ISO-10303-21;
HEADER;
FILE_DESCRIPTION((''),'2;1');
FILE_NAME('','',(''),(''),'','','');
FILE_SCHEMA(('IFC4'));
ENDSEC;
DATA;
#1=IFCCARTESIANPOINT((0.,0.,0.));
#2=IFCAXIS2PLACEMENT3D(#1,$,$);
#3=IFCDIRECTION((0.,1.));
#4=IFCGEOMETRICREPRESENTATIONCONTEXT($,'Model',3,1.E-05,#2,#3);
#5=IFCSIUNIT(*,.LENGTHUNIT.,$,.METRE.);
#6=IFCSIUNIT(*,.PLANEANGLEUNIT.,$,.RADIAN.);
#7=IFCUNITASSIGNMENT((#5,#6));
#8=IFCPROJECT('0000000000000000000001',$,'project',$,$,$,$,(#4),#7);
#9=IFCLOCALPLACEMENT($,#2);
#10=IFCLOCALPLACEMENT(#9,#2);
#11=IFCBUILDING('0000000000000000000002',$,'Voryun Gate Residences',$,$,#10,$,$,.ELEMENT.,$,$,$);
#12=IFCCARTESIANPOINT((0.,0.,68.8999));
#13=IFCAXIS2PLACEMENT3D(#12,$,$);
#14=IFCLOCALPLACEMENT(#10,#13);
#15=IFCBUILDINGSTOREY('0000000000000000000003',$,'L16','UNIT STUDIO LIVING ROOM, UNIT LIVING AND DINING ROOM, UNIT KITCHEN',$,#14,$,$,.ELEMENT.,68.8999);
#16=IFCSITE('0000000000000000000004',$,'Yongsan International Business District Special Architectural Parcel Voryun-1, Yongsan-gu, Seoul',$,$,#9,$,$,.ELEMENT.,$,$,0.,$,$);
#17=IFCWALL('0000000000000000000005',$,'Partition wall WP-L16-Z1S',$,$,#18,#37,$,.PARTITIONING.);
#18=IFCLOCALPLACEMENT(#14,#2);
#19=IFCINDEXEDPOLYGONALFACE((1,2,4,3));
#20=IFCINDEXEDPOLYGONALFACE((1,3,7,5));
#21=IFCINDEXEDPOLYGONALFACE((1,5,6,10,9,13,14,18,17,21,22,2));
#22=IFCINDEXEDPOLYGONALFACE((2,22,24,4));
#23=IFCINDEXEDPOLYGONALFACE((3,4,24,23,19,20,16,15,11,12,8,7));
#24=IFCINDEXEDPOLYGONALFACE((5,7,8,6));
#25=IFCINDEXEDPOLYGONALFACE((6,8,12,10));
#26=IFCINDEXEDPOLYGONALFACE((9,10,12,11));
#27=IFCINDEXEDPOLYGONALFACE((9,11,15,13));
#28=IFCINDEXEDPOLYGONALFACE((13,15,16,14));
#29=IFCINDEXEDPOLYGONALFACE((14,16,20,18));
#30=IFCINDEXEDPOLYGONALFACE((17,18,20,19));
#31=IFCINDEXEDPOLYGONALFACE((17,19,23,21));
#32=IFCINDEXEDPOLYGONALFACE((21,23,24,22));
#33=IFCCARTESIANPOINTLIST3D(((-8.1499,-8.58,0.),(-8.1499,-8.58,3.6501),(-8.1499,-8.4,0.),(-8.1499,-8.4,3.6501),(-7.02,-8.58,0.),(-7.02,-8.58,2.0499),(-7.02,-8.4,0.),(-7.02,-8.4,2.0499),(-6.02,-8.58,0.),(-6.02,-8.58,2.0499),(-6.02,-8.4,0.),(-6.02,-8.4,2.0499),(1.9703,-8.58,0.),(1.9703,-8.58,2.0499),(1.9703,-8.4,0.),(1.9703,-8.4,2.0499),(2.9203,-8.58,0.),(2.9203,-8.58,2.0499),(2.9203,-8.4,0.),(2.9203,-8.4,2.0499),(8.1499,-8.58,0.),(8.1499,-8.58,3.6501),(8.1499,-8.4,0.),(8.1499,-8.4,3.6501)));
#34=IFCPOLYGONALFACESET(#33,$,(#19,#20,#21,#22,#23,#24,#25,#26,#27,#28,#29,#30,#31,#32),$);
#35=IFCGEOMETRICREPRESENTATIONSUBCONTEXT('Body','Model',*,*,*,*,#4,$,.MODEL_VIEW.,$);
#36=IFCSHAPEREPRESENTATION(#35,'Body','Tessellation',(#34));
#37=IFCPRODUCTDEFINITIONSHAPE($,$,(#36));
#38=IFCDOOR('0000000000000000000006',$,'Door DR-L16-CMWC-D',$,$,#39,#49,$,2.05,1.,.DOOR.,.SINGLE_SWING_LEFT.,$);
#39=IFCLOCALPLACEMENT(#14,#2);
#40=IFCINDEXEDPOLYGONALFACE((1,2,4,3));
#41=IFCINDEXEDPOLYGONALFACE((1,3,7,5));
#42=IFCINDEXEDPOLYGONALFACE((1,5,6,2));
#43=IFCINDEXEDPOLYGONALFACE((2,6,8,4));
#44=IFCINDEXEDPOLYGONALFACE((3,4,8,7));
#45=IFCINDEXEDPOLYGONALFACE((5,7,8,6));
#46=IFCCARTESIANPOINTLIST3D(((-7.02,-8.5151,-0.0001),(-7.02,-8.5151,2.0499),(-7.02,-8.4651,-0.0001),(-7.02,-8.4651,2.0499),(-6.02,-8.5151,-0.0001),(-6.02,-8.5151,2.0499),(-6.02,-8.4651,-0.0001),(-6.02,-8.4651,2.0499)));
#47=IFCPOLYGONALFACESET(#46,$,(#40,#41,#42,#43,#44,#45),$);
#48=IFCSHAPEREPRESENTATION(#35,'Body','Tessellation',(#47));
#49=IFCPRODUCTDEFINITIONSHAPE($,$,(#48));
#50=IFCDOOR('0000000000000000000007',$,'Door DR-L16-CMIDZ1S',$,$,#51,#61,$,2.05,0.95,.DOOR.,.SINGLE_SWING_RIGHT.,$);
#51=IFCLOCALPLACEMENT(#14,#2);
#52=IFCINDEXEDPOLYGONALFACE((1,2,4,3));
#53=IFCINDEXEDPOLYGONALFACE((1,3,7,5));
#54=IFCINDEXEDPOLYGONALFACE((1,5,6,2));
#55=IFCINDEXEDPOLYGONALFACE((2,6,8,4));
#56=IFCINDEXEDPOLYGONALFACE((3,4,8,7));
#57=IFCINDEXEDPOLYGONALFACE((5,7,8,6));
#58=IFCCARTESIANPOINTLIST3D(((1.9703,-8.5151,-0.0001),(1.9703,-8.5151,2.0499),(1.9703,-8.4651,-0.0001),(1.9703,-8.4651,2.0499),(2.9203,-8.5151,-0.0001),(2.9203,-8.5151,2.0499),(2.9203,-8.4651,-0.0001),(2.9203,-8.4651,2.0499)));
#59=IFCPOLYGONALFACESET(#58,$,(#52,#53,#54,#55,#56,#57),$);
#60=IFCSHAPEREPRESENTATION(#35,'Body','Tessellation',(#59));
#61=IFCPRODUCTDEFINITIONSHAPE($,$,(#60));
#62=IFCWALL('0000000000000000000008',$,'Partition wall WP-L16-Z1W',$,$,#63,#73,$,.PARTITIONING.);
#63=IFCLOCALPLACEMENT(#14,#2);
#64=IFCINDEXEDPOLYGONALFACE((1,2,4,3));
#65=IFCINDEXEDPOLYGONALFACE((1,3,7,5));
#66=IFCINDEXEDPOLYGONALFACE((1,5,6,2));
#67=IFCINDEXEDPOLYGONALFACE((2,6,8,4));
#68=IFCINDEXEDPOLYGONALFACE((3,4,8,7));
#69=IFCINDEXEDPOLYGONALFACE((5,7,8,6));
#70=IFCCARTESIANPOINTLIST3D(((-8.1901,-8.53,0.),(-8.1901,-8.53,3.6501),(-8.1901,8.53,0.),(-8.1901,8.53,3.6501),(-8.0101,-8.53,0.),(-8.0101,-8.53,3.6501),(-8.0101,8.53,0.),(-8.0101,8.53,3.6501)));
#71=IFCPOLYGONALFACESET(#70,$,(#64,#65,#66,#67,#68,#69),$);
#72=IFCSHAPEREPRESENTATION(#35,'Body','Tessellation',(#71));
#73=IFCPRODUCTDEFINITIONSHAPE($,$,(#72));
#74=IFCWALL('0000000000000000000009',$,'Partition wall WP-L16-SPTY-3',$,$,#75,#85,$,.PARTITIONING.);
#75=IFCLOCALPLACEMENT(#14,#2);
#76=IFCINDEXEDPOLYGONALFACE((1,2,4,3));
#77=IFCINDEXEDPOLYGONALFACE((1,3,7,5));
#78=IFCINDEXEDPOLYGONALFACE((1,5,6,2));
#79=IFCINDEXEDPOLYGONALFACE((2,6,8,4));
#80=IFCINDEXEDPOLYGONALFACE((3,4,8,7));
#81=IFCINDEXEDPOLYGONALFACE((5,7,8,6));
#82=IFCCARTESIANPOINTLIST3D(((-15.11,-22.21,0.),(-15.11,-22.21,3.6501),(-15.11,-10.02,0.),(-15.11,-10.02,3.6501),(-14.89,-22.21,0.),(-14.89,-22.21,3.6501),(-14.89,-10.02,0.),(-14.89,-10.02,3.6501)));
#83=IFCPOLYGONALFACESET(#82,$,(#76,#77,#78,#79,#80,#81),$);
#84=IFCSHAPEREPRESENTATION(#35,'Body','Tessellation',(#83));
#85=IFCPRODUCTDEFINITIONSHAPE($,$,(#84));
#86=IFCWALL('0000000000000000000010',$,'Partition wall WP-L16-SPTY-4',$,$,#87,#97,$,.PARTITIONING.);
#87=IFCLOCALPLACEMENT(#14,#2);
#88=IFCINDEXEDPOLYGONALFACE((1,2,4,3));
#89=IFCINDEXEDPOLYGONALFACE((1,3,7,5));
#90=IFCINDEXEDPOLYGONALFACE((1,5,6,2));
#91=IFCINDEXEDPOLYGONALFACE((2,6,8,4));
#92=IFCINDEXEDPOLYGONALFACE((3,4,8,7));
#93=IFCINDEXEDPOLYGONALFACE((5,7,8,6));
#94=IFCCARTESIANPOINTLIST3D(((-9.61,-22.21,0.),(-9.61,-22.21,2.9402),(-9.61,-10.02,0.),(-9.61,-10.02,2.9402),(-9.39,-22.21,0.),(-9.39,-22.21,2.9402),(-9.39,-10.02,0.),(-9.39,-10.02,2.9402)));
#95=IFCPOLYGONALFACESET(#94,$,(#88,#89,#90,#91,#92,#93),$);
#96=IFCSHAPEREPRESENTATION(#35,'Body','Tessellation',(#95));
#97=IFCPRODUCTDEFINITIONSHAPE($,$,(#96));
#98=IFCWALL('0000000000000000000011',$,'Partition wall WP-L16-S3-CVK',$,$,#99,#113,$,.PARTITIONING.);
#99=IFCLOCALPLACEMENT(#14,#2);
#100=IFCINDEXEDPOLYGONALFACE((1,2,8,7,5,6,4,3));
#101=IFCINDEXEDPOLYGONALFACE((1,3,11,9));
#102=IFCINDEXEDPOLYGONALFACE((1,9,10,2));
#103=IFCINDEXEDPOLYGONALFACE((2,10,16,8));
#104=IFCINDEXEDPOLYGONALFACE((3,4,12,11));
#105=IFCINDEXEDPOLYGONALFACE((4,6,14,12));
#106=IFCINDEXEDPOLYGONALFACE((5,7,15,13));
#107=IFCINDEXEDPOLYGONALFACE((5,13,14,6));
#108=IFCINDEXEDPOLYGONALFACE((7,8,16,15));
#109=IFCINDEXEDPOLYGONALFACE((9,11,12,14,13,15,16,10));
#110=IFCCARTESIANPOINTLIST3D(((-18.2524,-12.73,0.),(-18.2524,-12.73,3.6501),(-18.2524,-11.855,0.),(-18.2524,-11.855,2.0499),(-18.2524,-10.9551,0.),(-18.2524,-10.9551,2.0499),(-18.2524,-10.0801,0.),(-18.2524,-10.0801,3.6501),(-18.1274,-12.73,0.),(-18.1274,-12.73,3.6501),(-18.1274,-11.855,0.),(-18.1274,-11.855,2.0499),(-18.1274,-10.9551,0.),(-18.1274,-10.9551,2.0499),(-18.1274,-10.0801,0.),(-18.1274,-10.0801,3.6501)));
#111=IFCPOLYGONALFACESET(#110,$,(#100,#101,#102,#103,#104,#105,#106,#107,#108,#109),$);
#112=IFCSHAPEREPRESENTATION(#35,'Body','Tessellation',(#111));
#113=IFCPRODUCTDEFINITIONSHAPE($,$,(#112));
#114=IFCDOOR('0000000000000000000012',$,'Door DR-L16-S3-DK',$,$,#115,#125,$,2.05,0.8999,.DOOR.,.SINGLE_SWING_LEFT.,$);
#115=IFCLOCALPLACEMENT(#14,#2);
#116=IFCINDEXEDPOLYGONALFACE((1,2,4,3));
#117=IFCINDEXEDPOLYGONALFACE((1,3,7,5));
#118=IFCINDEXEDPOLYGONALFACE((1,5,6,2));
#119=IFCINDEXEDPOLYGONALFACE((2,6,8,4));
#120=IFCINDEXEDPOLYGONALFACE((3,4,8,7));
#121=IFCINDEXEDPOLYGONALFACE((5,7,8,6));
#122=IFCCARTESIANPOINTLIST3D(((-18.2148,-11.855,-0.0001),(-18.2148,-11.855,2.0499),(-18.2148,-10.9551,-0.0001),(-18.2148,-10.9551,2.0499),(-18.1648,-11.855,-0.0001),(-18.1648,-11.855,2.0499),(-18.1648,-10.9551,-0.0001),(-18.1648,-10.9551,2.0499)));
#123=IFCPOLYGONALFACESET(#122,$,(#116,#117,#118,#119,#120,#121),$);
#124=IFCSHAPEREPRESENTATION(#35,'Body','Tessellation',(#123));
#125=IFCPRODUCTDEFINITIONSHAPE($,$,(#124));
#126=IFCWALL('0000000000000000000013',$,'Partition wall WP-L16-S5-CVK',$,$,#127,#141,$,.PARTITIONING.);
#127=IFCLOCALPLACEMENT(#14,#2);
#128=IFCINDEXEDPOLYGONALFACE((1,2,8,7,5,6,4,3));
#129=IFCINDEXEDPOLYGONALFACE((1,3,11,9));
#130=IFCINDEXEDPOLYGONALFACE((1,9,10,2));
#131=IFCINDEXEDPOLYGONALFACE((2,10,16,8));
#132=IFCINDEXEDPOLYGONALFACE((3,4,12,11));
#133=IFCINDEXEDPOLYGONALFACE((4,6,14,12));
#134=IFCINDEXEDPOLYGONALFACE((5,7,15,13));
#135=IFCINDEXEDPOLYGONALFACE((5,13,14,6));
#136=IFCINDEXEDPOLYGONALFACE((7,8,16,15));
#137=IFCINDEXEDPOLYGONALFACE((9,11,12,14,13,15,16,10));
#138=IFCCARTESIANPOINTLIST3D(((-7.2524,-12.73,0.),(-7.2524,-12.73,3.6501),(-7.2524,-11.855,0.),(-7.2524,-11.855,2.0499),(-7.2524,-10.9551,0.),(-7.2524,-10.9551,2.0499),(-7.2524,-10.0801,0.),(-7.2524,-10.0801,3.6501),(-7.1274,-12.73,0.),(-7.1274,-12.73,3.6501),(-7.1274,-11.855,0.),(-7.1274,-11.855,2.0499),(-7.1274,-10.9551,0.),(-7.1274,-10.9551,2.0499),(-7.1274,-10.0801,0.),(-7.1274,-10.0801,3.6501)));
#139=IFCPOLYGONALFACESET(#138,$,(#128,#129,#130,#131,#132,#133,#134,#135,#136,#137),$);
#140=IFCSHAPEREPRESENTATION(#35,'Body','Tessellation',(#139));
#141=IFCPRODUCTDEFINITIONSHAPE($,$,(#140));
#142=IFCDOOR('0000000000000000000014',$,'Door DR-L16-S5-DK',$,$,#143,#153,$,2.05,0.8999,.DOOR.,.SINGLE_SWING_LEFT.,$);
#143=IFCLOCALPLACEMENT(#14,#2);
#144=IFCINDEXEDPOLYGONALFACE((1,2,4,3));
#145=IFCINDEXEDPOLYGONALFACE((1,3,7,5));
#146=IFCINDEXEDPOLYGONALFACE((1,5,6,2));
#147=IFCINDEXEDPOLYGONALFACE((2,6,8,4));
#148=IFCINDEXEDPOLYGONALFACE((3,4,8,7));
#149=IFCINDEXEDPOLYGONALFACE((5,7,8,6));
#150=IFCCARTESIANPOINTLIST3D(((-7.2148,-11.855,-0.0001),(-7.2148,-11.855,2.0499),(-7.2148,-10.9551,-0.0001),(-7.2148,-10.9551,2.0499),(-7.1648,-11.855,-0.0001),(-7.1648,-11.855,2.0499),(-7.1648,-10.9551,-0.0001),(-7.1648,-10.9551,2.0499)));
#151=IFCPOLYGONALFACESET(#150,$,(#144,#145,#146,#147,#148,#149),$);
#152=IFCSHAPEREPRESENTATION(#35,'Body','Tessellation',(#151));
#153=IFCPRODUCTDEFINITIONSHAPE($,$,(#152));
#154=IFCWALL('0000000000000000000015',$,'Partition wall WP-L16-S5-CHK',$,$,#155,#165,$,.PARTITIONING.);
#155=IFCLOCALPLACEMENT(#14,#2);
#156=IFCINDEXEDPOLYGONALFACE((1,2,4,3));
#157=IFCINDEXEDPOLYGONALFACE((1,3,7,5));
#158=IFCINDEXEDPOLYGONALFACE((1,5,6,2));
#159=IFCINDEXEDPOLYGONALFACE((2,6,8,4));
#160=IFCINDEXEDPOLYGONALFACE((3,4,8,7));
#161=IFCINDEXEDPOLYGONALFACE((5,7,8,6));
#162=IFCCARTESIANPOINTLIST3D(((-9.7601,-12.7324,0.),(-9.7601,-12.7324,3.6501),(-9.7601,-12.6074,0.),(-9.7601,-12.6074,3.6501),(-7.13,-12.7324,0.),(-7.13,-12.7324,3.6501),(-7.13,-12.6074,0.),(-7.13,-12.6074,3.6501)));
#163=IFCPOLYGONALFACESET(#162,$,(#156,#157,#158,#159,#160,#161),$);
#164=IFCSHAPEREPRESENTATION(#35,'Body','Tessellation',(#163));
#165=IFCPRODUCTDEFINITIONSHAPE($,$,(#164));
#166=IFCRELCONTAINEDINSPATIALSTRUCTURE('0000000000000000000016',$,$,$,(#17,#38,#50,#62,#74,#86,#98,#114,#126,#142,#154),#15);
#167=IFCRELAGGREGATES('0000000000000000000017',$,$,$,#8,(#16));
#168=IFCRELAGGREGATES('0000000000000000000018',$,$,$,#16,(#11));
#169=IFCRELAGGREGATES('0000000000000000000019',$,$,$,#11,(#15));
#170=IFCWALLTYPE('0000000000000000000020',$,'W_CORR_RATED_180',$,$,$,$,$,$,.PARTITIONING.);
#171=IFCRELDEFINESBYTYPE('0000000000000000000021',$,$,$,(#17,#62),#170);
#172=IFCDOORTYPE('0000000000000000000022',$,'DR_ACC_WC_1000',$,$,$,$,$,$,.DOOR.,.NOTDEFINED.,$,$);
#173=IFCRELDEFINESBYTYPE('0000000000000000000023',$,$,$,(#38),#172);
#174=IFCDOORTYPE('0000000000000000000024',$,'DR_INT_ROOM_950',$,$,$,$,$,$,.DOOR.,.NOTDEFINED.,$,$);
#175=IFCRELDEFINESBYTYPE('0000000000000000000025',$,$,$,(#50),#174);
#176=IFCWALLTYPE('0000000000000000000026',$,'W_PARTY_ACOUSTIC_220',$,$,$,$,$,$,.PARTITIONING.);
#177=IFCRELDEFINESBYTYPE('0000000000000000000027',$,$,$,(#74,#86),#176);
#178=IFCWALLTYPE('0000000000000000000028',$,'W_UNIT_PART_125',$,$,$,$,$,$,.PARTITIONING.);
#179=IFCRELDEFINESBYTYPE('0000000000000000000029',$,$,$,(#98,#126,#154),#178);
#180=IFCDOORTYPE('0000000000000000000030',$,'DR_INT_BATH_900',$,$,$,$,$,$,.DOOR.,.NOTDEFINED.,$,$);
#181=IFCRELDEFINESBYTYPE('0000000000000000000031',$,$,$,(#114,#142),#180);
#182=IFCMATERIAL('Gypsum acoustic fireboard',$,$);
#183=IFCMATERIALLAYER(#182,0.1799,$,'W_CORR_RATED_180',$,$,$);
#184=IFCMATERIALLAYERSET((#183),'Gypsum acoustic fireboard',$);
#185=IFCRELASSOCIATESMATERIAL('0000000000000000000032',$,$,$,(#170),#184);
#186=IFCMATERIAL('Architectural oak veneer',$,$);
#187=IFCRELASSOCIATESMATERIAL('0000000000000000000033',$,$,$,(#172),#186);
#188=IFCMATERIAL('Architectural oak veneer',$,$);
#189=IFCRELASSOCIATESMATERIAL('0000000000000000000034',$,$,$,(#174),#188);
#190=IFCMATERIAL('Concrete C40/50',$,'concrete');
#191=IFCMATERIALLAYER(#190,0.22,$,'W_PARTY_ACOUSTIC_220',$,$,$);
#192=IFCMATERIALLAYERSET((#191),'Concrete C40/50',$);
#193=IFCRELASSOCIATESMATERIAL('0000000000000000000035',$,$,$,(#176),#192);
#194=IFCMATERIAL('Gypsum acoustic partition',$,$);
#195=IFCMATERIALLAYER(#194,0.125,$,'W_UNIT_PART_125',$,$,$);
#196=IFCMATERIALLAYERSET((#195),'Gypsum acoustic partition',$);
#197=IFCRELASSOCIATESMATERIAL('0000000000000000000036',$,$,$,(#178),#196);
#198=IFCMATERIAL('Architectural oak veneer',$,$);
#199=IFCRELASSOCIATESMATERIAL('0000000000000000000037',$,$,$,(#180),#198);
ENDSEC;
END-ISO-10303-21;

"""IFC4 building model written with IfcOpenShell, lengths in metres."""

from ifc_helpers import new_model, si_unit, direction, frame, frame_2d, origin, place, context, subcontext, project, spatial, rectangle, extrude, material, layer, layer_set, type_object, element, fill, save


model = new_model("IFC4")

# Units and contexts
model_context = context("Model", 3, precision=1e-05, world=origin(), true_north=direction((0.0, 1.0)))
body_context = subcontext(model_context, "Body", "Model", "MODEL_VIEW")
ifc_project = project(units=[si_unit("LENGTHUNIT", "METRE"), si_unit("PLANEANGLEUNIT", "RADIAN")], contexts=[model_context])

# Site, building, storey
site_placement = place(None, origin())
site = spatial("IfcSite", under=ifc_project, at=site_placement, Name="Yongsan International Business District Special Architectural Parcel Voryun-1, Yongsan-gu, Seoul", CompositionType="ELEMENT", RefElevation=0.0)
building_placement = place(site_placement, origin())
building = spatial("IfcBuilding", under=site, at=building_placement, Name="Voryun Gate Residences", CompositionType="ELEMENT")
storey_placement = place(building_placement, frame((0.0, 0.0, 68.8999)))
storey = spatial("IfcBuildingStorey", under=building, at=storey_placement, Name="L16", Description="UNIT STUDIO LIVING ROOM, UNIT LIVING AND DINING ROOM, UNIT KITCHEN", CompositionType="ELEMENT", Elevation=68.8999)

# Shared definitions
ifc_material_1 = material(Name="Gypsum acoustic fireboard")
ifc_layer_1 = layer(ifc_material_1, 0.1799, Name="W_CORR_RATED_180")
ifc_layer_set_1 = layer_set([ifc_layer_1], Name="Gypsum acoustic fireboard")
wall_type_1 = type_object("IfcWallType", Name="W_CORR_RATED_180", PredefinedType="PARTITIONING", material=ifc_layer_set_1)

# Wall, openings, doors
wall_1_placement = place(storey_placement, frame((-8.1499, -8.49, 0.0), z_axis=(0.0, 0.0, 1.0), x_axis=(1.0, 0.0, 0.0)))
wall_1 = element("IfcWall", 1, at=wall_1_placement, inside=storey, type_object=wall_type_1, Name="Partition wall WP-L16-Z1S", PredefinedType="PARTITIONING", context=body_context, shape_type="SweptSolid", body=[
    extrude(rectangle(XDim=16.2998, YDim=0.1799, at=frame_2d((8.1499, 0.0))), origin(), (0.0, 0.0, 1.0), 3.6501),
])
opening_1_placement = place(wall_1_placement, frame((1.1299, 0.0, 0.0)))
opening_1 = element("IfcOpeningElement", 2, at=opening_1_placement, cuts=wall_1, PredefinedType="OPENING", context=body_context, shape_type="SweptSolid", body=[
    extrude(rectangle(XDim=1.0, YDim=2.05, at=frame_2d((0.5, 1.0249))), frame((0.0, 0.0999, 0.0), z_axis=(0.0, -1.0, 0.0), x_axis=(1.0, 0.0, 0.0)), (0.0, 0.0, 1.0), 0.2),
])
opening_2_placement = place(wall_1_placement, frame((10.1201, 0.0, 0.0)))
opening_2 = element("IfcOpeningElement", 3, at=opening_2_placement, cuts=wall_1, PredefinedType="OPENING", context=body_context, shape_type="SweptSolid", body=[
    extrude(rectangle(XDim=0.95, YDim=2.05, at=frame_2d((0.4751, 1.0249))), frame((0.0, 0.0999, 0.0), z_axis=(0.0, -1.0, 0.0), x_axis=(1.0, 0.0, 0.0)), (0.0, 0.0, 1.0), 0.2),
])
ifc_material_2 = material(Name="Architectural oak veneer")
door_type_1 = type_object("IfcDoorType", Name="DR_ACC_WC_1000", OperationType="NOTDEFINED", PredefinedType="DOOR", material=ifc_material_2)
door_1_placement = place(opening_1_placement, origin())
door_1 = element("IfcDoor", 4, at=door_1_placement, inside=storey, type_object=door_type_1, Name="Door DR-L16-CMWC-D", OperationType="SINGLE_SWING_LEFT", OverallHeight=2.05, OverallWidth=1.0, PredefinedType="DOOR", context=body_context, shape_type="SweptSolid", body=[
    extrude(rectangle(XDim=1.0, YDim=2.05, at=frame_2d((0.5, 1.0249))), frame((0.0, 0.0249, 0.0), z_axis=(0.0, -1.0, 0.0), x_axis=(1.0, 0.0, 0.0)), (0.0, 0.0, 1.0), 0.05),
])
fill(opening_1, door_1)
ifc_material_3 = material(Name="Architectural oak veneer")
door_type_2 = type_object("IfcDoorType", Name="DR_INT_ROOM_950", OperationType="NOTDEFINED", PredefinedType="DOOR", material=ifc_material_3)
door_2_placement = place(opening_2_placement, origin())
door_2 = element("IfcDoor", 5, at=door_2_placement, inside=storey, type_object=door_type_2, Name="Door DR-L16-CMIDZ1S", OperationType="SINGLE_SWING_RIGHT", OverallHeight=2.05, OverallWidth=0.95, PredefinedType="DOOR", context=body_context, shape_type="SweptSolid", body=[
    extrude(rectangle(XDim=0.95, YDim=2.05, at=frame_2d((0.4751, 1.0249))), frame((0.0, 0.0249, 0.0), z_axis=(0.0, -1.0, 0.0), x_axis=(1.0, 0.0, 0.0)), (0.0, 0.0, 1.0), 0.05),
])
fill(opening_2, door_2)

# Walls
wall_2_placement = place(storey_placement, frame((-8.1001, -8.53, 0.0), z_axis=(0.0, 0.0, 1.0), x_axis=(0.0, 1.0, 0.0)))
element("IfcWall", 6, at=wall_2_placement, inside=storey, type_object=wall_type_1, Name="Partition wall WP-L16-Z1W", PredefinedType="PARTITIONING", context=body_context, shape_type="SweptSolid", body=[
    extrude(rectangle(XDim=17.0601, YDim=0.1799, at=frame_2d((8.53, 0.0))), origin(), (0.0, 0.0, 1.0), 3.6501),
])
ifc_material_4 = material(Name="Concrete C40/50", Category="concrete")
ifc_layer_2 = layer(ifc_material_4, 0.22, Name="W_PARTY_ACOUSTIC_220")
ifc_layer_set_2 = layer_set([ifc_layer_2], Name="Concrete C40/50")
wall_type_2 = type_object("IfcWallType", Name="W_PARTY_ACOUSTIC_220", PredefinedType="PARTITIONING", material=ifc_layer_set_2)
wall_3_placement = place(storey_placement, frame((-15.0, -22.21, 0.0), z_axis=(0.0, 0.0, 1.0), x_axis=(0.0, 1.0, 0.0)))
element("IfcWall", 7, at=wall_3_placement, inside=storey, type_object=wall_type_2, Name="Partition wall WP-L16-SPTY-3", PredefinedType="PARTITIONING", context=body_context, shape_type="SweptSolid", body=[
    extrude(rectangle(XDim=12.1899, YDim=0.22, at=frame_2d((6.095, 0.0))), origin(), (0.0, 0.0, 1.0), 3.6501),
])
wall_4_placement = place(storey_placement, frame((-9.5, -22.21, 0.0), z_axis=(0.0, 0.0, 1.0), x_axis=(0.0, 1.0, 0.0)))
element("IfcWall", 8, at=wall_4_placement, inside=storey, type_object=wall_type_2, Name="Partition wall WP-L16-SPTY-4", PredefinedType="PARTITIONING", context=body_context, shape_type="SweptSolid", body=[
    extrude(rectangle(XDim=12.1899, YDim=0.22, at=frame_2d((6.095, 0.0))), origin(), (0.0, 0.0, 1.0), 2.9402),
])

# Walls, openings, doors
ifc_material_5 = material(Name="Gypsum acoustic partition")
ifc_layer_3 = layer(ifc_material_5, 0.125, Name="W_UNIT_PART_125")
ifc_layer_set_3 = layer_set([ifc_layer_3], Name="Gypsum acoustic partition")
wall_type_3 = type_object("IfcWallType", Name="W_UNIT_PART_125", PredefinedType="PARTITIONING", material=ifc_layer_set_3)
wall_5_placement = place(storey_placement, frame((-18.1899, -12.73, 0.0), z_axis=(0.0, 0.0, 1.0), x_axis=(0.0, 1.0, 0.0)))
wall_5 = element("IfcWall", 9, at=wall_5_placement, inside=storey, type_object=wall_type_3, Name="Partition wall WP-L16-S3-CVK", PredefinedType="PARTITIONING", context=body_context, shape_type="SweptSolid", body=[
    extrude(rectangle(XDim=2.6499, YDim=0.125, at=frame_2d((1.325, 0.0))), origin(), (0.0, 0.0, 1.0), 3.6501),
])
opening_3_placement = place(wall_5_placement, frame((0.875, 0.0, 0.0)))
opening_3 = element("IfcOpeningElement", 10, at=opening_3_placement, cuts=wall_5, PredefinedType="OPENING", context=body_context, shape_type="SweptSolid", body=[
    extrude(rectangle(XDim=0.8999, YDim=2.05, at=frame_2d((0.45, 1.0249))), frame((0.0, 0.0725, 0.0), z_axis=(0.0, -1.0, 0.0), x_axis=(1.0, 0.0, 0.0)), (0.0, 0.0, 1.0), 0.145),
])
ifc_material_6 = material(Name="Architectural oak veneer")
door_type_3 = type_object("IfcDoorType", Name="DR_INT_BATH_900", OperationType="NOTDEFINED", PredefinedType="DOOR", material=ifc_material_6)
door_3_placement = place(opening_3_placement, origin())
door_3 = element("IfcDoor", 11, at=door_3_placement, inside=storey, type_object=door_type_3, Name="Door DR-L16-S3-DK", OperationType="SINGLE_SWING_LEFT", OverallHeight=2.05, OverallWidth=0.8999, PredefinedType="DOOR", context=body_context, shape_type="SweptSolid", body=[
    extrude(rectangle(XDim=0.8999, YDim=2.05, at=frame_2d((0.45, 1.0249))), frame((0.0, 0.0249, 0.0), z_axis=(0.0, -1.0, 0.0), x_axis=(1.0, 0.0, 0.0)), (0.0, 0.0, 1.0), 0.05),
])
fill(opening_3, door_3)
wall_6_placement = place(storey_placement, frame((-7.1899, -12.73, 0.0), z_axis=(0.0, 0.0, 1.0), x_axis=(0.0, 1.0, 0.0)))
wall_6 = element("IfcWall", 12, at=wall_6_placement, inside=storey, type_object=wall_type_3, Name="Partition wall WP-L16-S5-CVK", PredefinedType="PARTITIONING", context=body_context, shape_type="SweptSolid", body=[
    extrude(rectangle(XDim=2.6499, YDim=0.125, at=frame_2d((1.325, 0.0))), origin(), (0.0, 0.0, 1.0), 3.6501),
])
opening_4_placement = place(wall_6_placement, frame((0.875, 0.0, 0.0)))
opening_4 = element("IfcOpeningElement", 13, at=opening_4_placement, cuts=wall_6, PredefinedType="OPENING", context=body_context, shape_type="SweptSolid", body=[
    extrude(rectangle(XDim=0.8999, YDim=2.05, at=frame_2d((0.45, 1.0249))), frame((0.0, 0.0725, 0.0), z_axis=(0.0, -1.0, 0.0), x_axis=(1.0, 0.0, 0.0)), (0.0, 0.0, 1.0), 0.145),
])
door_4_placement = place(opening_4_placement, origin())
door_4 = element("IfcDoor", 14, at=door_4_placement, inside=storey, type_object=door_type_3, Name="Door DR-L16-S5-DK", OperationType="SINGLE_SWING_LEFT", OverallHeight=2.05, OverallWidth=0.8999, PredefinedType="DOOR", context=body_context, shape_type="SweptSolid", body=[
    extrude(rectangle(XDim=0.8999, YDim=2.05, at=frame_2d((0.45, 1.0249))), frame((0.0, 0.0249, 0.0), z_axis=(0.0, -1.0, 0.0), x_axis=(1.0, 0.0, 0.0)), (0.0, 0.0, 1.0), 0.05),
])
fill(opening_4, door_4)

# Wall
wall_7_placement = place(storey_placement, frame((-9.76, -12.6699, 0.0), z_axis=(0.0, 0.0, 1.0), x_axis=(1.0, 0.0, 0.0)))
element("IfcWall", 15, at=wall_7_placement, inside=storey, type_object=wall_type_3, Name="Partition wall WP-L16-S5-CHK", PredefinedType="PARTITIONING", context=body_context, shape_type="SweptSolid", body=[
    extrude(rectangle(XDim=2.6301, YDim=0.125, at=frame_2d((1.3149, 0.0))), origin(), (0.0, 0.0, 1.0), 3.6501),
])

save(model, "model.ifc")
